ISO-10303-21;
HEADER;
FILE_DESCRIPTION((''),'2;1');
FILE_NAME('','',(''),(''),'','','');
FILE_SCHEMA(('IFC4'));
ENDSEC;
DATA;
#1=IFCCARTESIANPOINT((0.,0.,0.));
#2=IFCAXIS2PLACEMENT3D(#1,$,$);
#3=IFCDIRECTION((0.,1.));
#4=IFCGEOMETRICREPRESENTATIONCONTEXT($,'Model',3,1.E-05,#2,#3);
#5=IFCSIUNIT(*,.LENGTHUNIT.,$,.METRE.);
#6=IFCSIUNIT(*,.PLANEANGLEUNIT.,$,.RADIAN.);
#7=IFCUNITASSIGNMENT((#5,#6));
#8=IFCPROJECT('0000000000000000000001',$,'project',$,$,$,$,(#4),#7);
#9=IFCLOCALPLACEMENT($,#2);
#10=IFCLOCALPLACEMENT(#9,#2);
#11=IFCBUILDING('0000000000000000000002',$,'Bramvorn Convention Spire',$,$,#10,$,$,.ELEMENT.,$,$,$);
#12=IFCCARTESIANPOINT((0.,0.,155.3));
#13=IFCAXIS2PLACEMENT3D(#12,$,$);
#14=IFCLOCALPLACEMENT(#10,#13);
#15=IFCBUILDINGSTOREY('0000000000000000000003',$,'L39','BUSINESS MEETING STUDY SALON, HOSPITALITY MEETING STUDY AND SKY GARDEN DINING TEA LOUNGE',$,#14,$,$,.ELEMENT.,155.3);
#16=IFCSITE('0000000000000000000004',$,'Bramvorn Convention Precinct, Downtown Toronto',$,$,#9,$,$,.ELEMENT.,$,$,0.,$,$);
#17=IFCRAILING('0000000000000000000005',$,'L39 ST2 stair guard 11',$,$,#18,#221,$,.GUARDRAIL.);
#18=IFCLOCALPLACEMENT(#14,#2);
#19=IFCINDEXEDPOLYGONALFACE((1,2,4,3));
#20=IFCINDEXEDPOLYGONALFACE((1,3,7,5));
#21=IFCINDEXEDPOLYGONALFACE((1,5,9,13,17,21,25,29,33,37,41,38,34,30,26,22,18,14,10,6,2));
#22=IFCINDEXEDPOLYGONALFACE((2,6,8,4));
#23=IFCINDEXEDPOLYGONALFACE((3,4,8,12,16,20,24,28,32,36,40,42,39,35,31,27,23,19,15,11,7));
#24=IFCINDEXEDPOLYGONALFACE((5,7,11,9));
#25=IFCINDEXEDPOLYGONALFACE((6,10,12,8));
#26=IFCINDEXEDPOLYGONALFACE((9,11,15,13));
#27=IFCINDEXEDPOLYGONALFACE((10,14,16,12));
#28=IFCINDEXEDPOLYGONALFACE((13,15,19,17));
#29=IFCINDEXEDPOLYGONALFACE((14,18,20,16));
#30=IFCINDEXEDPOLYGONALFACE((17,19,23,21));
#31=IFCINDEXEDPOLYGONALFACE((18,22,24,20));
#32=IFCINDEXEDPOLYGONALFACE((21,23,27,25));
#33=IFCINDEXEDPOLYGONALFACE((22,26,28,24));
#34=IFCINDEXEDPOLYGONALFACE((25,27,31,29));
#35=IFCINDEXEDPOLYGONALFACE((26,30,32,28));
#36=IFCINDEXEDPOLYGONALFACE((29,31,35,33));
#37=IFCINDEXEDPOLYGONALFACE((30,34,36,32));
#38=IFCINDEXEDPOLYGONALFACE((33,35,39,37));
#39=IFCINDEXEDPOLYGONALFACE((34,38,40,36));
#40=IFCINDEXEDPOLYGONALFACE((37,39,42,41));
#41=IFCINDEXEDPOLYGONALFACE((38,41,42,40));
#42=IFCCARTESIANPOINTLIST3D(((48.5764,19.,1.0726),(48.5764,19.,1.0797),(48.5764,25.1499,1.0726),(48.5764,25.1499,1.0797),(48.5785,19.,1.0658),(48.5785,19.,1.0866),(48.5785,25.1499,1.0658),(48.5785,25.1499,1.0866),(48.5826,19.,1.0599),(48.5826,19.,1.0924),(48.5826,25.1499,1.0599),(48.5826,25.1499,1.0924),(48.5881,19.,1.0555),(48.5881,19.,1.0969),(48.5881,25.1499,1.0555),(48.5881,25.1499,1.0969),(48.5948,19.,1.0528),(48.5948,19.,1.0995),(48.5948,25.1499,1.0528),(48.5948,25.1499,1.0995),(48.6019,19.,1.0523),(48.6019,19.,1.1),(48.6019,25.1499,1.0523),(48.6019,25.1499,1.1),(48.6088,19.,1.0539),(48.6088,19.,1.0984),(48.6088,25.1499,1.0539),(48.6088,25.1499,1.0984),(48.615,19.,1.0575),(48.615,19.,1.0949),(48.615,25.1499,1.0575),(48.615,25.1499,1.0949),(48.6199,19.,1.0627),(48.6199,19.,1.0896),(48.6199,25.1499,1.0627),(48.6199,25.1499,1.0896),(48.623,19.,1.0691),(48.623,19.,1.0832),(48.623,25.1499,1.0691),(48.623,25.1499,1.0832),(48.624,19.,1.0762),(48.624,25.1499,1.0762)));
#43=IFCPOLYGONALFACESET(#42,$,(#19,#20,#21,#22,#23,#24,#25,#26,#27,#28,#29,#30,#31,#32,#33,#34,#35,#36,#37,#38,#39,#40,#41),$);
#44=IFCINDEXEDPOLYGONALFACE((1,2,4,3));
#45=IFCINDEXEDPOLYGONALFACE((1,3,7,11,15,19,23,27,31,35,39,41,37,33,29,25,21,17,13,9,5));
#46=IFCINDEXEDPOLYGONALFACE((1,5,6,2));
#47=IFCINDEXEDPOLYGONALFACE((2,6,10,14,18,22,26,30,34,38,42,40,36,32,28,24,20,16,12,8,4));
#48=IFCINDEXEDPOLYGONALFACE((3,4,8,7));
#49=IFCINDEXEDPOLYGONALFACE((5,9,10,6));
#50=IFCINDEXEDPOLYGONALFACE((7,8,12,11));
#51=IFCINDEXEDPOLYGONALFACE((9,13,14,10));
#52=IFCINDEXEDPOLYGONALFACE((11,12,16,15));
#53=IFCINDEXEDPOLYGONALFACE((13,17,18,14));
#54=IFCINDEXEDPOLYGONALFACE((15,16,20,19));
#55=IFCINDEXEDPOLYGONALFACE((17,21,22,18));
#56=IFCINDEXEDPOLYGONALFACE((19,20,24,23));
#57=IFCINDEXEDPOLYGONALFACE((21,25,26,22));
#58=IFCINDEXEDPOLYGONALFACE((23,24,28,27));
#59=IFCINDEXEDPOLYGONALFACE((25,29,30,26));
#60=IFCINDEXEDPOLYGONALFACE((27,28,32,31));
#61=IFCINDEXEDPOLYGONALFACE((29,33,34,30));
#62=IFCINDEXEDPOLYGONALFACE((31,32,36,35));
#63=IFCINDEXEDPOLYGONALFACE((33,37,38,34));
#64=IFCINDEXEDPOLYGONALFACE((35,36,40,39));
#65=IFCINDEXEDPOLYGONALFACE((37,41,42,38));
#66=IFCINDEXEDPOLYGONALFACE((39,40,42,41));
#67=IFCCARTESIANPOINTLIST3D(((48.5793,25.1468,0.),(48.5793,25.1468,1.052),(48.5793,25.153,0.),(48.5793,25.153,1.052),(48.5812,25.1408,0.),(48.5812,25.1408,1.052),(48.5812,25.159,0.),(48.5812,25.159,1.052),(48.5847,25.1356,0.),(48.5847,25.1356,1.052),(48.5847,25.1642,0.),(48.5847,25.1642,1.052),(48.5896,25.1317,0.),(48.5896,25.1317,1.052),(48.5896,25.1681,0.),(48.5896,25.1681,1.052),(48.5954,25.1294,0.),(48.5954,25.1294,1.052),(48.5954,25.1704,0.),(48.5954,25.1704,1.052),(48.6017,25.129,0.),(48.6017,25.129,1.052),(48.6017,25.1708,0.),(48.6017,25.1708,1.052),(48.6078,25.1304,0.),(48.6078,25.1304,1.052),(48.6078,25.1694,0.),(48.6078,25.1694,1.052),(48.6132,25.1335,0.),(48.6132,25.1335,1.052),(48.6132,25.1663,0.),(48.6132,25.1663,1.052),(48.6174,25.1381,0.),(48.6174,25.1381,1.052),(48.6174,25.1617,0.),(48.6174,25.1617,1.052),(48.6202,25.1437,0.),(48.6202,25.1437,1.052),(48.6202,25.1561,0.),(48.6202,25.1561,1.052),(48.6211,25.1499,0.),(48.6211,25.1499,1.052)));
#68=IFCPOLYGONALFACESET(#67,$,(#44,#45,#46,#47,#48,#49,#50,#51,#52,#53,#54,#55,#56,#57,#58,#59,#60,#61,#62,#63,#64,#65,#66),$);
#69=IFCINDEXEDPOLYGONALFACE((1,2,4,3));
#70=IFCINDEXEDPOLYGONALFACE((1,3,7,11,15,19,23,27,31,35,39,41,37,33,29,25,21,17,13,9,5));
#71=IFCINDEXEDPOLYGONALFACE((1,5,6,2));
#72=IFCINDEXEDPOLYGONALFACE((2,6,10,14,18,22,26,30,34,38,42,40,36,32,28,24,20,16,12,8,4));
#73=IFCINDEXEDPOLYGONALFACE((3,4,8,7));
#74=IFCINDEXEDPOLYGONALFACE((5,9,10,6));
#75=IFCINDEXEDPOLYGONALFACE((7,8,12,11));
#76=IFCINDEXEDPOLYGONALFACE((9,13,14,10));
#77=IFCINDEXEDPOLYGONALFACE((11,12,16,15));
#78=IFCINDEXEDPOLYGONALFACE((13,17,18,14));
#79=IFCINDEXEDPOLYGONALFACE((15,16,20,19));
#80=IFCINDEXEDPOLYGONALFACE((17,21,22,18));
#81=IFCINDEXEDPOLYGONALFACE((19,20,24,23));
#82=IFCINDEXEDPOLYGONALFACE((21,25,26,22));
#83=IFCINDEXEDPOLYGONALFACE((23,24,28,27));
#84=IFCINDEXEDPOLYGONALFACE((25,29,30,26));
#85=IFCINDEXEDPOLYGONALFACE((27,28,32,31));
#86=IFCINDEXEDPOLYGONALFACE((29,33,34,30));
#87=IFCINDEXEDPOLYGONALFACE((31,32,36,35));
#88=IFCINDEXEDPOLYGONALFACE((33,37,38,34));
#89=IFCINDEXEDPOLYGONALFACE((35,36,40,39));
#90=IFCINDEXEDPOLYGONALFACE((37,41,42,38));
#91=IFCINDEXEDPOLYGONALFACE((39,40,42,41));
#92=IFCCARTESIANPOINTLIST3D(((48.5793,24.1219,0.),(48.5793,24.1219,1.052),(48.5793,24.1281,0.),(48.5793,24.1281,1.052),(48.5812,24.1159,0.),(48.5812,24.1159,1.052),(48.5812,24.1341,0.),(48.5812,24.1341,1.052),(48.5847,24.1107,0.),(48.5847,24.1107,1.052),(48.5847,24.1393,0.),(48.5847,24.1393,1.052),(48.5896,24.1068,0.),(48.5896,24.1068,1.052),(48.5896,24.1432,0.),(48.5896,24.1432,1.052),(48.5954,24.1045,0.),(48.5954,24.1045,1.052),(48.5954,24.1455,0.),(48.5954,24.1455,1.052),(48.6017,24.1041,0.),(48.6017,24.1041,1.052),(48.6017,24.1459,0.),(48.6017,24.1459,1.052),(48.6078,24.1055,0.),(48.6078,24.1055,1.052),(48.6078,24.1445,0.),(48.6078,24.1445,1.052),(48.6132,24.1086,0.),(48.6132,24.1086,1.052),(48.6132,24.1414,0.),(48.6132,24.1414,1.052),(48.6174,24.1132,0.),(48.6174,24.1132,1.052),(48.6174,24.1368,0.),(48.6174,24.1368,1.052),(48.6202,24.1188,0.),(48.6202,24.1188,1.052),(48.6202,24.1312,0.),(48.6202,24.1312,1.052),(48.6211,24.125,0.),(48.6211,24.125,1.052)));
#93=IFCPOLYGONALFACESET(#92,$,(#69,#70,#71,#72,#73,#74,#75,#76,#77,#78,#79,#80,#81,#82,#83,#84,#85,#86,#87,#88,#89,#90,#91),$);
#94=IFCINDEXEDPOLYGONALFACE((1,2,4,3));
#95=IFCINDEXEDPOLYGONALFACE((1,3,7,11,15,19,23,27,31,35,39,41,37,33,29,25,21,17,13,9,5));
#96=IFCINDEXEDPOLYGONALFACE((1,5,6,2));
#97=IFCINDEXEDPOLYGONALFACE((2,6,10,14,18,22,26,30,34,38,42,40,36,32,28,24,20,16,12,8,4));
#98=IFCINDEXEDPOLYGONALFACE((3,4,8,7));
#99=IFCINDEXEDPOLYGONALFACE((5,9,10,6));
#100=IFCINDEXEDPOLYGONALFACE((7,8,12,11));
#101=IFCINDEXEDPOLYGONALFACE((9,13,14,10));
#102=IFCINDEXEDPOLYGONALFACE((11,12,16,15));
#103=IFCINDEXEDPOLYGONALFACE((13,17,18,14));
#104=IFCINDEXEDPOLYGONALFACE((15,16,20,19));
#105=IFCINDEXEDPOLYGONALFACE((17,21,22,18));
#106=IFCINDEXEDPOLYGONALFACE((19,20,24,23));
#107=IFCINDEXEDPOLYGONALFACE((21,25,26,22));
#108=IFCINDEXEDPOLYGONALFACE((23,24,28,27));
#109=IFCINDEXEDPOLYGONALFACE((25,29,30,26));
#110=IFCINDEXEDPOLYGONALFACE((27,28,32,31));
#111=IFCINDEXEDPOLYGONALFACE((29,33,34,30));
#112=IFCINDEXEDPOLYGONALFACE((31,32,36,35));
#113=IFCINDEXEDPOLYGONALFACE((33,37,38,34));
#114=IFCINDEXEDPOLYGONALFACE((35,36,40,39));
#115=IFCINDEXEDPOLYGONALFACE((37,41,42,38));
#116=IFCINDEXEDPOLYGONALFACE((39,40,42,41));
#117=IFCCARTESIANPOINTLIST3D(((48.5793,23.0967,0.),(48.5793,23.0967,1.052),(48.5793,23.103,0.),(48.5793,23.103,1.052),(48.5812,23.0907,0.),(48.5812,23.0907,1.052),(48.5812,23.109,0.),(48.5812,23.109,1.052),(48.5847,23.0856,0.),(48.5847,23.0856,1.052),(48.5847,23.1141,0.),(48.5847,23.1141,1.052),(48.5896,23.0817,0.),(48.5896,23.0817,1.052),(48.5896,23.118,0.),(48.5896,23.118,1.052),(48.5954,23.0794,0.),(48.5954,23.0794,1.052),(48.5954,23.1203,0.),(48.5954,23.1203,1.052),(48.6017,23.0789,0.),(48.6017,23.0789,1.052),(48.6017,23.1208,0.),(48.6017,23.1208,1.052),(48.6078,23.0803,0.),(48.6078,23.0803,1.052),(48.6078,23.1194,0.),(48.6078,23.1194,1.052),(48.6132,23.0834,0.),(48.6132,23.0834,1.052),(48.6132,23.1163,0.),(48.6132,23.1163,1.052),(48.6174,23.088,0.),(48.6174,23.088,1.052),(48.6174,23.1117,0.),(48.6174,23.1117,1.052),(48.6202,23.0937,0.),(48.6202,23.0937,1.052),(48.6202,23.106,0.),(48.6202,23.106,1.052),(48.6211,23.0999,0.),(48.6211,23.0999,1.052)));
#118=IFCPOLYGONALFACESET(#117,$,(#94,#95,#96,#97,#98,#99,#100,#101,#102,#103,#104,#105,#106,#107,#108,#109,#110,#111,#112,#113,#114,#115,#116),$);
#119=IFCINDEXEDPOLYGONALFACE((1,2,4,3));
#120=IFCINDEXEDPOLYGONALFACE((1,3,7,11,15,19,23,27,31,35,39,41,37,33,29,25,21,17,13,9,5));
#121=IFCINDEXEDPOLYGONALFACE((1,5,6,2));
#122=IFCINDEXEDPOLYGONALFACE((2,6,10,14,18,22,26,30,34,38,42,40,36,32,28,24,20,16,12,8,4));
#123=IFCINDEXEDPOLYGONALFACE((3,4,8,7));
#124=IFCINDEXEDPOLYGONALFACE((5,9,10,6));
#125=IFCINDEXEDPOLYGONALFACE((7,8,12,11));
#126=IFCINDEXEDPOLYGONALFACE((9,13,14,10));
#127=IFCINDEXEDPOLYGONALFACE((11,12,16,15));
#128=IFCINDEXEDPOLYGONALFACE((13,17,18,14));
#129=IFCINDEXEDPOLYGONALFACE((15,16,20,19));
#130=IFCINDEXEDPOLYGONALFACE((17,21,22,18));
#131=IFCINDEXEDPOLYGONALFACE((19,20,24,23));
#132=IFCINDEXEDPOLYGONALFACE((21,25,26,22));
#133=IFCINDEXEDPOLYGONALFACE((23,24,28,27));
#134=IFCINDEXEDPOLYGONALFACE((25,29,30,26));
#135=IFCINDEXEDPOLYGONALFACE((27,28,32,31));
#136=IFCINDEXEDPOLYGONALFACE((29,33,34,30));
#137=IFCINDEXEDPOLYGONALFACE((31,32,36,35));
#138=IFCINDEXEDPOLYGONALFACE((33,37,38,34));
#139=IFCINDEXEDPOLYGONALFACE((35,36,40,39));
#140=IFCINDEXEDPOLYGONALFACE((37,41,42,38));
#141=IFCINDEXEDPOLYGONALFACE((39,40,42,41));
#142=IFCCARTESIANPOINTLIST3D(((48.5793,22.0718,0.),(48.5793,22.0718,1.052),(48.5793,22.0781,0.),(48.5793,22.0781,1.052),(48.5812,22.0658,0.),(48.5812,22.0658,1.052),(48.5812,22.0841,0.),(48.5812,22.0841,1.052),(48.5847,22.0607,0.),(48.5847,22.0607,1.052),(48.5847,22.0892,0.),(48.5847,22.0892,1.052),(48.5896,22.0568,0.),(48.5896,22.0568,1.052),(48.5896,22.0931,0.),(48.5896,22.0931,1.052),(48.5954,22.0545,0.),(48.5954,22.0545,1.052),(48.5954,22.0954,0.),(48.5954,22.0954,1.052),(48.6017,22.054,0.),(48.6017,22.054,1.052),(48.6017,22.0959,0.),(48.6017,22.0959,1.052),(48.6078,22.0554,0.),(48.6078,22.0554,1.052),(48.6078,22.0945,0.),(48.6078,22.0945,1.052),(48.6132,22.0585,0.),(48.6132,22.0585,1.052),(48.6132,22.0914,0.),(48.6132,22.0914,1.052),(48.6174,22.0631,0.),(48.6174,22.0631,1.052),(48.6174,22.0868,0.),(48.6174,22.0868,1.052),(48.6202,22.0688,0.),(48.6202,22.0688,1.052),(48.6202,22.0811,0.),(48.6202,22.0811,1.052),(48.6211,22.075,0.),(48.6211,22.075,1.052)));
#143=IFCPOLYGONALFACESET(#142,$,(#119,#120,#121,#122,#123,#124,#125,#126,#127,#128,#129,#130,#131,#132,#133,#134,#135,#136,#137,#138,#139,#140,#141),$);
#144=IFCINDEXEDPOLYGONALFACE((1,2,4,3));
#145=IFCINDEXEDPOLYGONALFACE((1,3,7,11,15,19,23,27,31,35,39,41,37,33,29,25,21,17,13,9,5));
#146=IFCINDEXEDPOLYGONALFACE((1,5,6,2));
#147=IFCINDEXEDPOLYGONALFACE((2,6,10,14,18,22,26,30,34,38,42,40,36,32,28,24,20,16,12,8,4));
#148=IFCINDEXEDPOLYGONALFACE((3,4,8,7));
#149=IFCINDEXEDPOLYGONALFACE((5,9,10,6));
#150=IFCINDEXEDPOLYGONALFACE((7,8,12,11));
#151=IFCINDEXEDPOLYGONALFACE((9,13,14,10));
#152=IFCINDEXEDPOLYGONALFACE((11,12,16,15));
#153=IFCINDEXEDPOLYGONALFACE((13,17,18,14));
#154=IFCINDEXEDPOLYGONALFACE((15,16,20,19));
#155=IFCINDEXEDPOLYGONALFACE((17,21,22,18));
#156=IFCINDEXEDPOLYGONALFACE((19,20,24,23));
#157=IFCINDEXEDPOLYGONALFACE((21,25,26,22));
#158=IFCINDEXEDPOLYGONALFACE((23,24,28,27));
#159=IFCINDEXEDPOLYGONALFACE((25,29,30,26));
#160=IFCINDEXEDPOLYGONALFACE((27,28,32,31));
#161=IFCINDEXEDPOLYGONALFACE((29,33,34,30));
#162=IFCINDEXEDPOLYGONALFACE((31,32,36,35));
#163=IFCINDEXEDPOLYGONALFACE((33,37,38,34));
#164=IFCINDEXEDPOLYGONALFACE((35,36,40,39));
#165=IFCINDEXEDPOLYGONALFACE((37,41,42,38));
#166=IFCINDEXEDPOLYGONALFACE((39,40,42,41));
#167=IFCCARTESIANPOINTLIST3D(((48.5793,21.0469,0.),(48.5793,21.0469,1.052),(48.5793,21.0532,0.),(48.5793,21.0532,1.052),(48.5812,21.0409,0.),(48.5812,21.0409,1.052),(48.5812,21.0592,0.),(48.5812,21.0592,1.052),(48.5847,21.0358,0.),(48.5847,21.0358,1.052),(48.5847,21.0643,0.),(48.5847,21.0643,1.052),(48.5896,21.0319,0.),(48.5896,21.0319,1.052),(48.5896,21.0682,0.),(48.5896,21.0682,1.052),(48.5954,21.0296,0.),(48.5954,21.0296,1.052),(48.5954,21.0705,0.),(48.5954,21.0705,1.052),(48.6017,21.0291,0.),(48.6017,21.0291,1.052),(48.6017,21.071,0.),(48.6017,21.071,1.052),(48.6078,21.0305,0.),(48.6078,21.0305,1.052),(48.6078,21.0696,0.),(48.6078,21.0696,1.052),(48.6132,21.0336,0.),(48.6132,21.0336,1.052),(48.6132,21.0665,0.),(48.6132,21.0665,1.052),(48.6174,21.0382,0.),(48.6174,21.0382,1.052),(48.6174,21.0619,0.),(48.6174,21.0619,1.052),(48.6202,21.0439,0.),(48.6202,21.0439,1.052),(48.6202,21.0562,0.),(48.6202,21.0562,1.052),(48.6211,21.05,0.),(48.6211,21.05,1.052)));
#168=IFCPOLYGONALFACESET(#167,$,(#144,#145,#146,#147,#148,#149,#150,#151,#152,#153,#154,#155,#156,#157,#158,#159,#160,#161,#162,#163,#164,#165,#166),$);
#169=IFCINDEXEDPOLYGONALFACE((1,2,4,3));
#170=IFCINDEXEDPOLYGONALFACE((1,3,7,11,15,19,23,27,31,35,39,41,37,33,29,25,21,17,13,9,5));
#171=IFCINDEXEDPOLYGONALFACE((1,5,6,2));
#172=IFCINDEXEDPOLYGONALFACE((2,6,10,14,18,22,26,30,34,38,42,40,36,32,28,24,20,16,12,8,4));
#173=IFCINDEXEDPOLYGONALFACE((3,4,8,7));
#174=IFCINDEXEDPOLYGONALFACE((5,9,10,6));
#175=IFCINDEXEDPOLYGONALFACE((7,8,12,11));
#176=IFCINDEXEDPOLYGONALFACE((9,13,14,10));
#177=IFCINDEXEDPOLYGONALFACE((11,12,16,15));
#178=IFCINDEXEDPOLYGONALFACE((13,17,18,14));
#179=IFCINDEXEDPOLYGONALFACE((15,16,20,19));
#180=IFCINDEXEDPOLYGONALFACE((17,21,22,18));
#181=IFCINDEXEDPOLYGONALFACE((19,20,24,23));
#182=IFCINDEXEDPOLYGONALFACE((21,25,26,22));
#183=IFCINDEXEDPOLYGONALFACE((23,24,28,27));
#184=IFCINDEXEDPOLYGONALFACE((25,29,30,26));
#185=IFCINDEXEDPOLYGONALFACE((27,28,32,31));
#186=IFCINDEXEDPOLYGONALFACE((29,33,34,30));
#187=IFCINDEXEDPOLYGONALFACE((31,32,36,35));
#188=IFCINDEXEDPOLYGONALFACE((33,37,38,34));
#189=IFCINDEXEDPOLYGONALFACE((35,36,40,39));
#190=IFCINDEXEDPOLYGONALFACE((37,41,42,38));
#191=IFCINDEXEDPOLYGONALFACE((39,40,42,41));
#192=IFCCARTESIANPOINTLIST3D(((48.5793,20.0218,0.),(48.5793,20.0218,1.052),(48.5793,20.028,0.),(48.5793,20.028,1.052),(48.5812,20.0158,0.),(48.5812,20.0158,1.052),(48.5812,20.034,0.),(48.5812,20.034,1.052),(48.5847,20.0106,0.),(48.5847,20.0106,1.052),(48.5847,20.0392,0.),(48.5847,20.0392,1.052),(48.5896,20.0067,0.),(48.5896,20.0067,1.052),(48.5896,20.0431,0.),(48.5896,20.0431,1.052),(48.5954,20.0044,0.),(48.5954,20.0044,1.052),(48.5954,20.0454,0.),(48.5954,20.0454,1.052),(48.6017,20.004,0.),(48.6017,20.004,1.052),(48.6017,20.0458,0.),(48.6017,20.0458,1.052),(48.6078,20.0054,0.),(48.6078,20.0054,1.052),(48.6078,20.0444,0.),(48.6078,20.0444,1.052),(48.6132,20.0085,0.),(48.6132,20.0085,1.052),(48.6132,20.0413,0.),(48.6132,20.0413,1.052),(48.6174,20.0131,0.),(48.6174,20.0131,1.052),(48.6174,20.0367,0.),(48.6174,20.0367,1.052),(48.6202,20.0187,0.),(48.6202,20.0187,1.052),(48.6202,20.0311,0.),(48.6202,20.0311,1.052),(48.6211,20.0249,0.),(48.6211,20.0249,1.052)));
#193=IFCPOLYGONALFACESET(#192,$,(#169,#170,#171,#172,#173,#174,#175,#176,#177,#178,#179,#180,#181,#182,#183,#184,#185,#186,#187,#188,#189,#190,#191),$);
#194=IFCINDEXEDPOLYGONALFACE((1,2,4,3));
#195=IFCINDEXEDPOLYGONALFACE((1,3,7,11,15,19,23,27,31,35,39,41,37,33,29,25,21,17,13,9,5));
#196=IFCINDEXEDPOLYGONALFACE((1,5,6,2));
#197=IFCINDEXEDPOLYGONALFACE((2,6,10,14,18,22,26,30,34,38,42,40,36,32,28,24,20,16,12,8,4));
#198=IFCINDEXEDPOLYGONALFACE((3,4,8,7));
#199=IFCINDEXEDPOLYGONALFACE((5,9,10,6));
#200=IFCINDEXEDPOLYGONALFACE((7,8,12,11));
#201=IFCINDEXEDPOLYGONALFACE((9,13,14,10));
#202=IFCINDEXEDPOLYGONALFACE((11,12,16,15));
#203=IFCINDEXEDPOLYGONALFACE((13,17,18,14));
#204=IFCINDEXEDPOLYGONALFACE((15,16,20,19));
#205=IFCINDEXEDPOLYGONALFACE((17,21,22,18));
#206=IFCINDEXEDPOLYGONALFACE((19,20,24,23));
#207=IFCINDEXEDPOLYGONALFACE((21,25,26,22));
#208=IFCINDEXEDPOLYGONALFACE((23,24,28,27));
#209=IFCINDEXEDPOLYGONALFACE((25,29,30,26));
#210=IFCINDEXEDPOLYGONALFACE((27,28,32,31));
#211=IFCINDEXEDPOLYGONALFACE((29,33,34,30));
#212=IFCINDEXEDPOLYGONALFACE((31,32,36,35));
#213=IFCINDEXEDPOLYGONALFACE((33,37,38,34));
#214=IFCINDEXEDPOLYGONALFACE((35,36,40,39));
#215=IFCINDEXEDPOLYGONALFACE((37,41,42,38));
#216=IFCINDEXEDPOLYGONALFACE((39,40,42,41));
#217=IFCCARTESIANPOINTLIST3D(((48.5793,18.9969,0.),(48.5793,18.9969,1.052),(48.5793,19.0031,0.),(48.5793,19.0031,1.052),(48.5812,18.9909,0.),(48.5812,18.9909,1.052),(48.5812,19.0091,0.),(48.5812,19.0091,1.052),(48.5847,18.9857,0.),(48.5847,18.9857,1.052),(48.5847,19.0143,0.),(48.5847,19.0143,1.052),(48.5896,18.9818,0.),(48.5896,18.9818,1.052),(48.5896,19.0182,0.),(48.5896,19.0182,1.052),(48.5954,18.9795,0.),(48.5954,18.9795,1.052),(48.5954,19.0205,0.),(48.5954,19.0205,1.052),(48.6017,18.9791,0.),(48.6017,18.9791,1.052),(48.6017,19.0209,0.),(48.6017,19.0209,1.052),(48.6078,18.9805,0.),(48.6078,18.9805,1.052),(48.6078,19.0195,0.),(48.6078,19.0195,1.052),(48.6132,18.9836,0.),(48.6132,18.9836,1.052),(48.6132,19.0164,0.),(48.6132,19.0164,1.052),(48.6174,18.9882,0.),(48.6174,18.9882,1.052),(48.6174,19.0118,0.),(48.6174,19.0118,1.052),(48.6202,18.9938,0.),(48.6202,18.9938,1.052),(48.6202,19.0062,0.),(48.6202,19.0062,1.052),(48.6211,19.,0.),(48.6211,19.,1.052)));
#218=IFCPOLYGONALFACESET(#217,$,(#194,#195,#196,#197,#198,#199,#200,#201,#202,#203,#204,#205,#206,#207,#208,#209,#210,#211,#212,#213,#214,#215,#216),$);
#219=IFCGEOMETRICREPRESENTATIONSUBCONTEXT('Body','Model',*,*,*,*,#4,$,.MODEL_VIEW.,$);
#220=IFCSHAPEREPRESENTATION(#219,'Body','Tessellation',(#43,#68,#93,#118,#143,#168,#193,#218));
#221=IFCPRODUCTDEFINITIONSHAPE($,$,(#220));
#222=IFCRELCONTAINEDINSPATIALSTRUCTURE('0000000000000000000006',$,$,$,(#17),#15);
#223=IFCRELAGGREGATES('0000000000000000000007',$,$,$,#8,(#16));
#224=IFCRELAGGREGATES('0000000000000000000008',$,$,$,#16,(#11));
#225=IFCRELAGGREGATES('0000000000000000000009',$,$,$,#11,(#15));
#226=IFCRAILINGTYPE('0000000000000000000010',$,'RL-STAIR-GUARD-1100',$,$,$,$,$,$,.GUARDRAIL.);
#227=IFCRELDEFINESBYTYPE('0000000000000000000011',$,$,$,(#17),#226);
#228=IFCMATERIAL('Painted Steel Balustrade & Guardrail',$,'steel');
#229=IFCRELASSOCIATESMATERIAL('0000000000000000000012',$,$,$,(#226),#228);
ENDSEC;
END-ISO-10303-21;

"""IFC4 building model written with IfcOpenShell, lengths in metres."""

from ifc_helpers import new_model, si_unit, direction, frame, origin, origin_2d, place, context, subcontext, project, spatial, circle, extrude, material, type_object, element, save


model = new_model("IFC4")

# Units and contexts
model_context = context("Model", 3, precision=1e-05, world=origin(), true_north=direction((0.0, 1.0)))
body_context = subcontext(model_context, "Body", "Model", "MODEL_VIEW")
ifc_project = project(units=[si_unit("LENGTHUNIT", "METRE"), si_unit("PLANEANGLEUNIT", "RADIAN")], contexts=[model_context])

# Site, building, storey
site_placement = place(None, origin())
site = spatial("IfcSite", under=ifc_project, at=site_placement, Name="Bramvorn Convention Precinct, Downtown Toronto", CompositionType="ELEMENT", RefElevation=0.0)
building_placement = place(site_placement, origin())
building = spatial("IfcBuilding", under=site, at=building_placement, Name="Bramvorn Convention Spire", CompositionType="ELEMENT")
storey_placement = place(building_placement, frame((0.0, 0.0, 155.3)))
storey = spatial("IfcBuildingStorey", under=building, at=storey_placement, Name="L39", Description="BUSINESS MEETING STUDY SALON, HOSPITALITY MEETING STUDY AND SKY GARDEN DINING TEA LOUNGE", CompositionType="ELEMENT", Elevation=155.3)

# Railing
ifc_material_1 = material(Name="Painted Steel Balustrade & Guardrail", Category="steel")
railing_type_1 = type_object("IfcRailingType", Name="RL-STAIR-GUARD-1100", PredefinedType="GUARDRAIL", material=ifc_material_1)
railing_1_placement = place(storey_placement, frame((48.6001, 25.1499, 0.0)))
element("IfcRailing", 1, at=railing_1_placement, inside=storey, type_object=railing_type_1, Name="L39 ST2 stair guard 11", PredefinedType="GUARDRAIL", context=body_context, shape_type="SweptSolid", body=[
    extrude(circle(Radius=0.0239, at=origin_2d()), frame((0.0, 0.0, 1.0762), z_axis=(0.0, -1.0, 0.0), x_axis=(1.0, 0.0, 0.0)), (0.0, 0.0, 1.0), 6.1499),
    extrude(circle(Radius=0.021, at=origin_2d()), origin(), (0.0, 0.0, 1.0), 1.052),
    extrude(circle(Radius=0.021, at=origin_2d()), frame((0.0, -1.0249, 0.0)), (0.0, 0.0, 1.0), 1.052),
    extrude(circle(Radius=0.021, at=origin_2d()), frame((0.0, -2.05, 0.0)), (0.0, 0.0, 1.0), 1.052),
    extrude(circle(Radius=0.021, at=origin_2d()), frame((0.0, -3.075, 0.0)), (0.0, 0.0, 1.0), 1.052),
    extrude(circle(Radius=0.021, at=origin_2d()), frame((0.0, -4.0999, 0.0)), (0.0, 0.0, 1.0), 1.052),
    extrude(circle(Radius=0.021, at=origin_2d()), frame((0.0, -5.125, 0.0)), (0.0, 0.0, 1.0), 1.052),
    extrude(circle(Radius=0.021, at=origin_2d()), frame((0.0, -6.1499, 0.0)), (0.0, 0.0, 1.0), 1.052),
])

save(model, "model.ifc")
